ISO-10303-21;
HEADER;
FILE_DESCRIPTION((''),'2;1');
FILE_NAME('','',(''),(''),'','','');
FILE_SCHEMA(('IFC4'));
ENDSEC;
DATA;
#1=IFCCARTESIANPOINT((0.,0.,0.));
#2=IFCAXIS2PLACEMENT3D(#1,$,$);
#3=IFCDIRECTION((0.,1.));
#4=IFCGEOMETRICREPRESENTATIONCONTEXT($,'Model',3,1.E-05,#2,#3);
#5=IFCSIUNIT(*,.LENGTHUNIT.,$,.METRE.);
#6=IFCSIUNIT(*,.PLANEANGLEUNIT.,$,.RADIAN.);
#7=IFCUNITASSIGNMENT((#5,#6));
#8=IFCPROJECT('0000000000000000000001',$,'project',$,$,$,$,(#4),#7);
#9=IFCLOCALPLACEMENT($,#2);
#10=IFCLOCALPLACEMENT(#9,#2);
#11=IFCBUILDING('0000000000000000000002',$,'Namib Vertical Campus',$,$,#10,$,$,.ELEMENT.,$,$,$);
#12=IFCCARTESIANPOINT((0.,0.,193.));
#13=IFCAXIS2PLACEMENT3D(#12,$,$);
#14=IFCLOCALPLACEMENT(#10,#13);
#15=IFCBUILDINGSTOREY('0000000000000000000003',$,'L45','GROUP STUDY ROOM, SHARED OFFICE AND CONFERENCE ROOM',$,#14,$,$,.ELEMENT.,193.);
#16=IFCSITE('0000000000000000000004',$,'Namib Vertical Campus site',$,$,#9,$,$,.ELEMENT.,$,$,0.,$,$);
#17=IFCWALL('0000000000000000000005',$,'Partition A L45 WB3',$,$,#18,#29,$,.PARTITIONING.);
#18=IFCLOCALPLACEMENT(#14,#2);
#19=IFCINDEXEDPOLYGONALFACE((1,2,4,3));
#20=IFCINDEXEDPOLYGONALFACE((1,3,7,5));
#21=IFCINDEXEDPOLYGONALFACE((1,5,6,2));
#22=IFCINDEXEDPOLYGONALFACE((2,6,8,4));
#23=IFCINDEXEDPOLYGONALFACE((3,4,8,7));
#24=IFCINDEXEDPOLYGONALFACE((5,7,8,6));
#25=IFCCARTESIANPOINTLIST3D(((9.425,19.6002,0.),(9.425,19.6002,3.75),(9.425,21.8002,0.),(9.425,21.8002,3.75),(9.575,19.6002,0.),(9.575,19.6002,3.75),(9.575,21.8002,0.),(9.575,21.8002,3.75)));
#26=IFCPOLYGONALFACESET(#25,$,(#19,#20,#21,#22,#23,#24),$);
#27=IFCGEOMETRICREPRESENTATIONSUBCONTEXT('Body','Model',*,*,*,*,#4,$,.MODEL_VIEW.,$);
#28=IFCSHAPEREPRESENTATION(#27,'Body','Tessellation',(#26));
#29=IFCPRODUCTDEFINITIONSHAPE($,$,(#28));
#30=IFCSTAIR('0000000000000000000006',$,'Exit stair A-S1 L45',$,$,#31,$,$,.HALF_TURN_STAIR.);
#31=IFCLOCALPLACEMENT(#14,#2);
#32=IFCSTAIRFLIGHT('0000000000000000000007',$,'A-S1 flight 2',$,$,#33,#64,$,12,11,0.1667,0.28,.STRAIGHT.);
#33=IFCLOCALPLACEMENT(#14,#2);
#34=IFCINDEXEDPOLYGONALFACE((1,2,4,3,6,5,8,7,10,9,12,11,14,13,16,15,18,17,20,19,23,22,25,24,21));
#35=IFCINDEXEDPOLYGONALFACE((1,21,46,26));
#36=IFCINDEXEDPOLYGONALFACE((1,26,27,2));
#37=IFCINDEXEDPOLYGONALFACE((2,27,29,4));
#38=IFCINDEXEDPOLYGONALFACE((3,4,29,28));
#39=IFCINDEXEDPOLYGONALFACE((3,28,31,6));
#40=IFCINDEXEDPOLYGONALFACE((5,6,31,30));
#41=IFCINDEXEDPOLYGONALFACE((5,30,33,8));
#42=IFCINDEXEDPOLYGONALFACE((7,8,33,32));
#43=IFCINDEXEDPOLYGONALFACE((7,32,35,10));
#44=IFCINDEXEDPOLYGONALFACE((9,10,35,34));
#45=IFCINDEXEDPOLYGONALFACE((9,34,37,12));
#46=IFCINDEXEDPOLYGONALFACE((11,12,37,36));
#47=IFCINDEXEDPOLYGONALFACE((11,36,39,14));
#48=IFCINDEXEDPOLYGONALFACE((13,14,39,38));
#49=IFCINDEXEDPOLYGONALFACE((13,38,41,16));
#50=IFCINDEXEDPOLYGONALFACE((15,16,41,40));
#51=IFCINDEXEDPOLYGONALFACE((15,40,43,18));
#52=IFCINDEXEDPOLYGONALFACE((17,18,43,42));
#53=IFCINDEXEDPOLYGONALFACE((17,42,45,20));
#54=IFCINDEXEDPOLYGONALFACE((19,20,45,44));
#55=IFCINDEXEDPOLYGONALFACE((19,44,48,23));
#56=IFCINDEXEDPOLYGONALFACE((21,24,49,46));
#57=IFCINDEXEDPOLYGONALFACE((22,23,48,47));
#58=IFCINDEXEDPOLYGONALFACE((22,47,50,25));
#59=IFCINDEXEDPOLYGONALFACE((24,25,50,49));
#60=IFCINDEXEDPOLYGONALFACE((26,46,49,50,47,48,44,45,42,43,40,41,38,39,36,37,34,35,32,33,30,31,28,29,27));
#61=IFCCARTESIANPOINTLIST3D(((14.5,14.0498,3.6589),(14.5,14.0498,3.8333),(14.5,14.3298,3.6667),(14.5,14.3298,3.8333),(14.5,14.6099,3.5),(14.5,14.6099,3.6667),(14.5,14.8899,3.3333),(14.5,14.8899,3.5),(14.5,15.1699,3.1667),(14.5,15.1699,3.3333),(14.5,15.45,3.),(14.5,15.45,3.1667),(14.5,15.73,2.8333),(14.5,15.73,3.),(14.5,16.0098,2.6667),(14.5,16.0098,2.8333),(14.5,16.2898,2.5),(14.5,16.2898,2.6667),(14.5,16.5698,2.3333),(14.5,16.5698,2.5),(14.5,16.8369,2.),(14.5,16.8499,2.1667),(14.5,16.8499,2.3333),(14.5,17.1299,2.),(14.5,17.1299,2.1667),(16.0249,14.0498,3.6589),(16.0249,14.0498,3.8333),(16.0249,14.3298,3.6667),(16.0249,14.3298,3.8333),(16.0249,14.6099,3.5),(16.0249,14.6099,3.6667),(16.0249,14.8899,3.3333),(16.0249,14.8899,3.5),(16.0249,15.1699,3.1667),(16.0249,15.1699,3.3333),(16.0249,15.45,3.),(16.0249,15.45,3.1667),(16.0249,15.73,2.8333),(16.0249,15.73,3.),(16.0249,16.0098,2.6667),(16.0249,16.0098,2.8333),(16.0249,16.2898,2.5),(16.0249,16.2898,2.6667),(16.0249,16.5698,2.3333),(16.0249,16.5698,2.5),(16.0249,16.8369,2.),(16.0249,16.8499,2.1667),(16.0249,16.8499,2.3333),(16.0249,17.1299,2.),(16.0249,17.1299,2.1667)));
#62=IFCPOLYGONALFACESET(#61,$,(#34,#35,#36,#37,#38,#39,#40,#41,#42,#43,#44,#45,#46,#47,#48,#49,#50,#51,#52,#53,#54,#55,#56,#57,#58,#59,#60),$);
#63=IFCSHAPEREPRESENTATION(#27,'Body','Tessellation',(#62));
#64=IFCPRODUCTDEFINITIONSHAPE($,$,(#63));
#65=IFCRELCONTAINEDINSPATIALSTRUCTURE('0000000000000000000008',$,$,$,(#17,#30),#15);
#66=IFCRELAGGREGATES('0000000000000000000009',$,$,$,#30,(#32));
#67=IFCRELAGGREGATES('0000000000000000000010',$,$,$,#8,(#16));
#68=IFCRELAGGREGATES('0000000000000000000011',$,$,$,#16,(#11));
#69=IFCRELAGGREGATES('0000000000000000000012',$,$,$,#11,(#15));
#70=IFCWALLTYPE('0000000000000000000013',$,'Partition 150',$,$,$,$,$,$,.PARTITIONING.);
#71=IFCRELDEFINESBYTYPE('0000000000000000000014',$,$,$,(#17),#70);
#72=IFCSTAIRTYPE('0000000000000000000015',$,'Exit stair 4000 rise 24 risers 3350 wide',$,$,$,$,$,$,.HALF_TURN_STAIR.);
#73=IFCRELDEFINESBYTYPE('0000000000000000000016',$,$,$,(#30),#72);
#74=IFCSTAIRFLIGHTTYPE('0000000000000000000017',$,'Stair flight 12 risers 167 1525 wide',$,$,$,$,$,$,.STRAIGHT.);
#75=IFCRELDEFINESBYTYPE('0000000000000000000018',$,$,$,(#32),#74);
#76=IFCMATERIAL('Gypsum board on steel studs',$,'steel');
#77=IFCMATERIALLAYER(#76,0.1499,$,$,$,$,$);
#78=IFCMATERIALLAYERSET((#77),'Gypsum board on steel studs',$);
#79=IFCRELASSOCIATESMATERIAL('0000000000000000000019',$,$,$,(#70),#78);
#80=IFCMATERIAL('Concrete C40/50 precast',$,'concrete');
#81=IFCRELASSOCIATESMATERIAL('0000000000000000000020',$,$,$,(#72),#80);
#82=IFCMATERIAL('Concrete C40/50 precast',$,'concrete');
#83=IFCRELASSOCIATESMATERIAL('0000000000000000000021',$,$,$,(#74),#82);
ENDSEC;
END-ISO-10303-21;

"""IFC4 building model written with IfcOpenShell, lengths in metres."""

from ifc_helpers import new_model, si_unit, direction, frame, frame_2d, origin, place, context, subcontext, project, spatial, polyline, rectangle, outline, extrude, material, layer, layer_set, type_object, element, aggregate, save


model = new_model("IFC4")

# Units and contexts
model_context = context("Model", 3, precision=1e-05, world=origin(), true_north=direction((0.0, 1.0)))
body_context = subcontext(model_context, "Body", "Model", "MODEL_VIEW")
ifc_project = project(units=[si_unit("LENGTHUNIT", "METRE"), si_unit("PLANEANGLEUNIT", "RADIAN")], contexts=[model_context])

# Site, building, storey
site_placement = place(None, origin())
site = spatial("IfcSite", under=ifc_project, at=site_placement, Name="Namib Vertical Campus site", CompositionType="ELEMENT", RefElevation=0.0)
building_placement = place(site_placement, origin())
building = spatial("IfcBuilding", under=site, at=building_placement, Name="Namib Vertical Campus", CompositionType="ELEMENT")
storey_placement = place(building_placement, frame((0.0, 0.0, 193.0)))
storey = spatial("IfcBuildingStorey", under=building, at=storey_placement, Name="L45", Description="GROUP STUDY ROOM, SHARED OFFICE AND CONFERENCE ROOM", CompositionType="ELEMENT", Elevation=193.0)

# Wall
ifc_material_1 = material(Name="Gypsum board on steel studs", Category="steel")
ifc_layer_1 = layer(ifc_material_1, 0.1499)
ifc_layer_set_1 = layer_set([ifc_layer_1], Name="Gypsum board on steel studs")
wall_type_1 = type_object("IfcWallType", Name="Partition 150", PredefinedType="PARTITIONING", material=ifc_layer_set_1)
wall_1_placement = place(storey_placement, frame((9.5, 19.6001, 0.0), z_axis=(0.0, 0.0, 1.0), x_axis=(0.0, 1.0, 0.0)))
element("IfcWall", 1, at=wall_1_placement, inside=storey, type_object=wall_type_1, Name="Partition A L45 WB3", PredefinedType="PARTITIONING", context=body_context, shape_type="SweptSolid", body=[
    extrude(rectangle(XDim=2.2, YDim=0.1499, at=frame_2d((1.1001, 0.0))), origin(), (0.0, 0.0, 1.0), 3.75),
])

# Stair, stair flight
ifc_material_2 = material(Name="Concrete C40/50 precast", Category="concrete")
stair_type = type_object("IfcStairType", Name="Exit stair 4000 rise 24 risers 3350 wide", PredefinedType="HALF_TURN_STAIR", material=ifc_material_2)
stair_placement = place(storey_placement, origin())
stair = element("IfcStair", 2, at=stair_placement, inside=storey, type_object=stair_type, Name="Exit stair A-S1 L45", PredefinedType="HALF_TURN_STAIR")
ifc_material_3 = material(Name="Concrete C40/50 precast", Category="concrete")
stair_flight_type = type_object("IfcStairFlightType", Name="Stair flight 12 risers 167 1525 wide", PredefinedType="STRAIGHT", material=ifc_material_3)
stair_flight_placement = place(storey_placement, frame((15.2625, 17.1299, 2.0), z_axis=(0.0, 0.0, 1.0), x_axis=(0.0, -1.0, 0.0)))
stair_flight = element("IfcStairFlight", 3, at=stair_flight_placement, type_object=stair_flight_type, Name="A-S1 flight 2", NumberOfRisers=12, NumberOfTreads=11, PredefinedType="STRAIGHT", RiserHeight=0.1667, TreadLength=0.28, context=body_context, shape_type="SweptSolid", body=[
    extrude(outline(polyline([(0.0, 0.0), (0.0, 0.1667), (0.28, 0.1667), (0.28, 0.3333), (0.5601, 0.3333), (0.5601, 0.5), (0.8401, 0.5), (0.8401, 0.6667), (1.1201, 0.6667), (1.1201, 0.8333), (1.3999, 0.8333), (1.3999, 1.0), (1.6799, 1.0), (1.6799, 1.1667), (1.96, 1.1667), (1.96, 1.3333), (2.24, 1.3333), (2.24, 1.5), (2.52, 1.5), (2.52, 1.6667), (2.8, 1.6667), (2.8, 1.8333), (3.0801, 1.8333), (3.0801, 2.0), (3.0801, 1.6589), (0.293, 0.0), (0.0, 0.0)])), frame((0.0, 0.7625, 0.0), z_axis=(0.0, -1.0, 0.0), x_axis=(1.0, 0.0, 0.0)), (0.0, 0.0, 1.0), 1.5249),
])
aggregate(stair, [stair_flight])

save(model, "model.ifc")
